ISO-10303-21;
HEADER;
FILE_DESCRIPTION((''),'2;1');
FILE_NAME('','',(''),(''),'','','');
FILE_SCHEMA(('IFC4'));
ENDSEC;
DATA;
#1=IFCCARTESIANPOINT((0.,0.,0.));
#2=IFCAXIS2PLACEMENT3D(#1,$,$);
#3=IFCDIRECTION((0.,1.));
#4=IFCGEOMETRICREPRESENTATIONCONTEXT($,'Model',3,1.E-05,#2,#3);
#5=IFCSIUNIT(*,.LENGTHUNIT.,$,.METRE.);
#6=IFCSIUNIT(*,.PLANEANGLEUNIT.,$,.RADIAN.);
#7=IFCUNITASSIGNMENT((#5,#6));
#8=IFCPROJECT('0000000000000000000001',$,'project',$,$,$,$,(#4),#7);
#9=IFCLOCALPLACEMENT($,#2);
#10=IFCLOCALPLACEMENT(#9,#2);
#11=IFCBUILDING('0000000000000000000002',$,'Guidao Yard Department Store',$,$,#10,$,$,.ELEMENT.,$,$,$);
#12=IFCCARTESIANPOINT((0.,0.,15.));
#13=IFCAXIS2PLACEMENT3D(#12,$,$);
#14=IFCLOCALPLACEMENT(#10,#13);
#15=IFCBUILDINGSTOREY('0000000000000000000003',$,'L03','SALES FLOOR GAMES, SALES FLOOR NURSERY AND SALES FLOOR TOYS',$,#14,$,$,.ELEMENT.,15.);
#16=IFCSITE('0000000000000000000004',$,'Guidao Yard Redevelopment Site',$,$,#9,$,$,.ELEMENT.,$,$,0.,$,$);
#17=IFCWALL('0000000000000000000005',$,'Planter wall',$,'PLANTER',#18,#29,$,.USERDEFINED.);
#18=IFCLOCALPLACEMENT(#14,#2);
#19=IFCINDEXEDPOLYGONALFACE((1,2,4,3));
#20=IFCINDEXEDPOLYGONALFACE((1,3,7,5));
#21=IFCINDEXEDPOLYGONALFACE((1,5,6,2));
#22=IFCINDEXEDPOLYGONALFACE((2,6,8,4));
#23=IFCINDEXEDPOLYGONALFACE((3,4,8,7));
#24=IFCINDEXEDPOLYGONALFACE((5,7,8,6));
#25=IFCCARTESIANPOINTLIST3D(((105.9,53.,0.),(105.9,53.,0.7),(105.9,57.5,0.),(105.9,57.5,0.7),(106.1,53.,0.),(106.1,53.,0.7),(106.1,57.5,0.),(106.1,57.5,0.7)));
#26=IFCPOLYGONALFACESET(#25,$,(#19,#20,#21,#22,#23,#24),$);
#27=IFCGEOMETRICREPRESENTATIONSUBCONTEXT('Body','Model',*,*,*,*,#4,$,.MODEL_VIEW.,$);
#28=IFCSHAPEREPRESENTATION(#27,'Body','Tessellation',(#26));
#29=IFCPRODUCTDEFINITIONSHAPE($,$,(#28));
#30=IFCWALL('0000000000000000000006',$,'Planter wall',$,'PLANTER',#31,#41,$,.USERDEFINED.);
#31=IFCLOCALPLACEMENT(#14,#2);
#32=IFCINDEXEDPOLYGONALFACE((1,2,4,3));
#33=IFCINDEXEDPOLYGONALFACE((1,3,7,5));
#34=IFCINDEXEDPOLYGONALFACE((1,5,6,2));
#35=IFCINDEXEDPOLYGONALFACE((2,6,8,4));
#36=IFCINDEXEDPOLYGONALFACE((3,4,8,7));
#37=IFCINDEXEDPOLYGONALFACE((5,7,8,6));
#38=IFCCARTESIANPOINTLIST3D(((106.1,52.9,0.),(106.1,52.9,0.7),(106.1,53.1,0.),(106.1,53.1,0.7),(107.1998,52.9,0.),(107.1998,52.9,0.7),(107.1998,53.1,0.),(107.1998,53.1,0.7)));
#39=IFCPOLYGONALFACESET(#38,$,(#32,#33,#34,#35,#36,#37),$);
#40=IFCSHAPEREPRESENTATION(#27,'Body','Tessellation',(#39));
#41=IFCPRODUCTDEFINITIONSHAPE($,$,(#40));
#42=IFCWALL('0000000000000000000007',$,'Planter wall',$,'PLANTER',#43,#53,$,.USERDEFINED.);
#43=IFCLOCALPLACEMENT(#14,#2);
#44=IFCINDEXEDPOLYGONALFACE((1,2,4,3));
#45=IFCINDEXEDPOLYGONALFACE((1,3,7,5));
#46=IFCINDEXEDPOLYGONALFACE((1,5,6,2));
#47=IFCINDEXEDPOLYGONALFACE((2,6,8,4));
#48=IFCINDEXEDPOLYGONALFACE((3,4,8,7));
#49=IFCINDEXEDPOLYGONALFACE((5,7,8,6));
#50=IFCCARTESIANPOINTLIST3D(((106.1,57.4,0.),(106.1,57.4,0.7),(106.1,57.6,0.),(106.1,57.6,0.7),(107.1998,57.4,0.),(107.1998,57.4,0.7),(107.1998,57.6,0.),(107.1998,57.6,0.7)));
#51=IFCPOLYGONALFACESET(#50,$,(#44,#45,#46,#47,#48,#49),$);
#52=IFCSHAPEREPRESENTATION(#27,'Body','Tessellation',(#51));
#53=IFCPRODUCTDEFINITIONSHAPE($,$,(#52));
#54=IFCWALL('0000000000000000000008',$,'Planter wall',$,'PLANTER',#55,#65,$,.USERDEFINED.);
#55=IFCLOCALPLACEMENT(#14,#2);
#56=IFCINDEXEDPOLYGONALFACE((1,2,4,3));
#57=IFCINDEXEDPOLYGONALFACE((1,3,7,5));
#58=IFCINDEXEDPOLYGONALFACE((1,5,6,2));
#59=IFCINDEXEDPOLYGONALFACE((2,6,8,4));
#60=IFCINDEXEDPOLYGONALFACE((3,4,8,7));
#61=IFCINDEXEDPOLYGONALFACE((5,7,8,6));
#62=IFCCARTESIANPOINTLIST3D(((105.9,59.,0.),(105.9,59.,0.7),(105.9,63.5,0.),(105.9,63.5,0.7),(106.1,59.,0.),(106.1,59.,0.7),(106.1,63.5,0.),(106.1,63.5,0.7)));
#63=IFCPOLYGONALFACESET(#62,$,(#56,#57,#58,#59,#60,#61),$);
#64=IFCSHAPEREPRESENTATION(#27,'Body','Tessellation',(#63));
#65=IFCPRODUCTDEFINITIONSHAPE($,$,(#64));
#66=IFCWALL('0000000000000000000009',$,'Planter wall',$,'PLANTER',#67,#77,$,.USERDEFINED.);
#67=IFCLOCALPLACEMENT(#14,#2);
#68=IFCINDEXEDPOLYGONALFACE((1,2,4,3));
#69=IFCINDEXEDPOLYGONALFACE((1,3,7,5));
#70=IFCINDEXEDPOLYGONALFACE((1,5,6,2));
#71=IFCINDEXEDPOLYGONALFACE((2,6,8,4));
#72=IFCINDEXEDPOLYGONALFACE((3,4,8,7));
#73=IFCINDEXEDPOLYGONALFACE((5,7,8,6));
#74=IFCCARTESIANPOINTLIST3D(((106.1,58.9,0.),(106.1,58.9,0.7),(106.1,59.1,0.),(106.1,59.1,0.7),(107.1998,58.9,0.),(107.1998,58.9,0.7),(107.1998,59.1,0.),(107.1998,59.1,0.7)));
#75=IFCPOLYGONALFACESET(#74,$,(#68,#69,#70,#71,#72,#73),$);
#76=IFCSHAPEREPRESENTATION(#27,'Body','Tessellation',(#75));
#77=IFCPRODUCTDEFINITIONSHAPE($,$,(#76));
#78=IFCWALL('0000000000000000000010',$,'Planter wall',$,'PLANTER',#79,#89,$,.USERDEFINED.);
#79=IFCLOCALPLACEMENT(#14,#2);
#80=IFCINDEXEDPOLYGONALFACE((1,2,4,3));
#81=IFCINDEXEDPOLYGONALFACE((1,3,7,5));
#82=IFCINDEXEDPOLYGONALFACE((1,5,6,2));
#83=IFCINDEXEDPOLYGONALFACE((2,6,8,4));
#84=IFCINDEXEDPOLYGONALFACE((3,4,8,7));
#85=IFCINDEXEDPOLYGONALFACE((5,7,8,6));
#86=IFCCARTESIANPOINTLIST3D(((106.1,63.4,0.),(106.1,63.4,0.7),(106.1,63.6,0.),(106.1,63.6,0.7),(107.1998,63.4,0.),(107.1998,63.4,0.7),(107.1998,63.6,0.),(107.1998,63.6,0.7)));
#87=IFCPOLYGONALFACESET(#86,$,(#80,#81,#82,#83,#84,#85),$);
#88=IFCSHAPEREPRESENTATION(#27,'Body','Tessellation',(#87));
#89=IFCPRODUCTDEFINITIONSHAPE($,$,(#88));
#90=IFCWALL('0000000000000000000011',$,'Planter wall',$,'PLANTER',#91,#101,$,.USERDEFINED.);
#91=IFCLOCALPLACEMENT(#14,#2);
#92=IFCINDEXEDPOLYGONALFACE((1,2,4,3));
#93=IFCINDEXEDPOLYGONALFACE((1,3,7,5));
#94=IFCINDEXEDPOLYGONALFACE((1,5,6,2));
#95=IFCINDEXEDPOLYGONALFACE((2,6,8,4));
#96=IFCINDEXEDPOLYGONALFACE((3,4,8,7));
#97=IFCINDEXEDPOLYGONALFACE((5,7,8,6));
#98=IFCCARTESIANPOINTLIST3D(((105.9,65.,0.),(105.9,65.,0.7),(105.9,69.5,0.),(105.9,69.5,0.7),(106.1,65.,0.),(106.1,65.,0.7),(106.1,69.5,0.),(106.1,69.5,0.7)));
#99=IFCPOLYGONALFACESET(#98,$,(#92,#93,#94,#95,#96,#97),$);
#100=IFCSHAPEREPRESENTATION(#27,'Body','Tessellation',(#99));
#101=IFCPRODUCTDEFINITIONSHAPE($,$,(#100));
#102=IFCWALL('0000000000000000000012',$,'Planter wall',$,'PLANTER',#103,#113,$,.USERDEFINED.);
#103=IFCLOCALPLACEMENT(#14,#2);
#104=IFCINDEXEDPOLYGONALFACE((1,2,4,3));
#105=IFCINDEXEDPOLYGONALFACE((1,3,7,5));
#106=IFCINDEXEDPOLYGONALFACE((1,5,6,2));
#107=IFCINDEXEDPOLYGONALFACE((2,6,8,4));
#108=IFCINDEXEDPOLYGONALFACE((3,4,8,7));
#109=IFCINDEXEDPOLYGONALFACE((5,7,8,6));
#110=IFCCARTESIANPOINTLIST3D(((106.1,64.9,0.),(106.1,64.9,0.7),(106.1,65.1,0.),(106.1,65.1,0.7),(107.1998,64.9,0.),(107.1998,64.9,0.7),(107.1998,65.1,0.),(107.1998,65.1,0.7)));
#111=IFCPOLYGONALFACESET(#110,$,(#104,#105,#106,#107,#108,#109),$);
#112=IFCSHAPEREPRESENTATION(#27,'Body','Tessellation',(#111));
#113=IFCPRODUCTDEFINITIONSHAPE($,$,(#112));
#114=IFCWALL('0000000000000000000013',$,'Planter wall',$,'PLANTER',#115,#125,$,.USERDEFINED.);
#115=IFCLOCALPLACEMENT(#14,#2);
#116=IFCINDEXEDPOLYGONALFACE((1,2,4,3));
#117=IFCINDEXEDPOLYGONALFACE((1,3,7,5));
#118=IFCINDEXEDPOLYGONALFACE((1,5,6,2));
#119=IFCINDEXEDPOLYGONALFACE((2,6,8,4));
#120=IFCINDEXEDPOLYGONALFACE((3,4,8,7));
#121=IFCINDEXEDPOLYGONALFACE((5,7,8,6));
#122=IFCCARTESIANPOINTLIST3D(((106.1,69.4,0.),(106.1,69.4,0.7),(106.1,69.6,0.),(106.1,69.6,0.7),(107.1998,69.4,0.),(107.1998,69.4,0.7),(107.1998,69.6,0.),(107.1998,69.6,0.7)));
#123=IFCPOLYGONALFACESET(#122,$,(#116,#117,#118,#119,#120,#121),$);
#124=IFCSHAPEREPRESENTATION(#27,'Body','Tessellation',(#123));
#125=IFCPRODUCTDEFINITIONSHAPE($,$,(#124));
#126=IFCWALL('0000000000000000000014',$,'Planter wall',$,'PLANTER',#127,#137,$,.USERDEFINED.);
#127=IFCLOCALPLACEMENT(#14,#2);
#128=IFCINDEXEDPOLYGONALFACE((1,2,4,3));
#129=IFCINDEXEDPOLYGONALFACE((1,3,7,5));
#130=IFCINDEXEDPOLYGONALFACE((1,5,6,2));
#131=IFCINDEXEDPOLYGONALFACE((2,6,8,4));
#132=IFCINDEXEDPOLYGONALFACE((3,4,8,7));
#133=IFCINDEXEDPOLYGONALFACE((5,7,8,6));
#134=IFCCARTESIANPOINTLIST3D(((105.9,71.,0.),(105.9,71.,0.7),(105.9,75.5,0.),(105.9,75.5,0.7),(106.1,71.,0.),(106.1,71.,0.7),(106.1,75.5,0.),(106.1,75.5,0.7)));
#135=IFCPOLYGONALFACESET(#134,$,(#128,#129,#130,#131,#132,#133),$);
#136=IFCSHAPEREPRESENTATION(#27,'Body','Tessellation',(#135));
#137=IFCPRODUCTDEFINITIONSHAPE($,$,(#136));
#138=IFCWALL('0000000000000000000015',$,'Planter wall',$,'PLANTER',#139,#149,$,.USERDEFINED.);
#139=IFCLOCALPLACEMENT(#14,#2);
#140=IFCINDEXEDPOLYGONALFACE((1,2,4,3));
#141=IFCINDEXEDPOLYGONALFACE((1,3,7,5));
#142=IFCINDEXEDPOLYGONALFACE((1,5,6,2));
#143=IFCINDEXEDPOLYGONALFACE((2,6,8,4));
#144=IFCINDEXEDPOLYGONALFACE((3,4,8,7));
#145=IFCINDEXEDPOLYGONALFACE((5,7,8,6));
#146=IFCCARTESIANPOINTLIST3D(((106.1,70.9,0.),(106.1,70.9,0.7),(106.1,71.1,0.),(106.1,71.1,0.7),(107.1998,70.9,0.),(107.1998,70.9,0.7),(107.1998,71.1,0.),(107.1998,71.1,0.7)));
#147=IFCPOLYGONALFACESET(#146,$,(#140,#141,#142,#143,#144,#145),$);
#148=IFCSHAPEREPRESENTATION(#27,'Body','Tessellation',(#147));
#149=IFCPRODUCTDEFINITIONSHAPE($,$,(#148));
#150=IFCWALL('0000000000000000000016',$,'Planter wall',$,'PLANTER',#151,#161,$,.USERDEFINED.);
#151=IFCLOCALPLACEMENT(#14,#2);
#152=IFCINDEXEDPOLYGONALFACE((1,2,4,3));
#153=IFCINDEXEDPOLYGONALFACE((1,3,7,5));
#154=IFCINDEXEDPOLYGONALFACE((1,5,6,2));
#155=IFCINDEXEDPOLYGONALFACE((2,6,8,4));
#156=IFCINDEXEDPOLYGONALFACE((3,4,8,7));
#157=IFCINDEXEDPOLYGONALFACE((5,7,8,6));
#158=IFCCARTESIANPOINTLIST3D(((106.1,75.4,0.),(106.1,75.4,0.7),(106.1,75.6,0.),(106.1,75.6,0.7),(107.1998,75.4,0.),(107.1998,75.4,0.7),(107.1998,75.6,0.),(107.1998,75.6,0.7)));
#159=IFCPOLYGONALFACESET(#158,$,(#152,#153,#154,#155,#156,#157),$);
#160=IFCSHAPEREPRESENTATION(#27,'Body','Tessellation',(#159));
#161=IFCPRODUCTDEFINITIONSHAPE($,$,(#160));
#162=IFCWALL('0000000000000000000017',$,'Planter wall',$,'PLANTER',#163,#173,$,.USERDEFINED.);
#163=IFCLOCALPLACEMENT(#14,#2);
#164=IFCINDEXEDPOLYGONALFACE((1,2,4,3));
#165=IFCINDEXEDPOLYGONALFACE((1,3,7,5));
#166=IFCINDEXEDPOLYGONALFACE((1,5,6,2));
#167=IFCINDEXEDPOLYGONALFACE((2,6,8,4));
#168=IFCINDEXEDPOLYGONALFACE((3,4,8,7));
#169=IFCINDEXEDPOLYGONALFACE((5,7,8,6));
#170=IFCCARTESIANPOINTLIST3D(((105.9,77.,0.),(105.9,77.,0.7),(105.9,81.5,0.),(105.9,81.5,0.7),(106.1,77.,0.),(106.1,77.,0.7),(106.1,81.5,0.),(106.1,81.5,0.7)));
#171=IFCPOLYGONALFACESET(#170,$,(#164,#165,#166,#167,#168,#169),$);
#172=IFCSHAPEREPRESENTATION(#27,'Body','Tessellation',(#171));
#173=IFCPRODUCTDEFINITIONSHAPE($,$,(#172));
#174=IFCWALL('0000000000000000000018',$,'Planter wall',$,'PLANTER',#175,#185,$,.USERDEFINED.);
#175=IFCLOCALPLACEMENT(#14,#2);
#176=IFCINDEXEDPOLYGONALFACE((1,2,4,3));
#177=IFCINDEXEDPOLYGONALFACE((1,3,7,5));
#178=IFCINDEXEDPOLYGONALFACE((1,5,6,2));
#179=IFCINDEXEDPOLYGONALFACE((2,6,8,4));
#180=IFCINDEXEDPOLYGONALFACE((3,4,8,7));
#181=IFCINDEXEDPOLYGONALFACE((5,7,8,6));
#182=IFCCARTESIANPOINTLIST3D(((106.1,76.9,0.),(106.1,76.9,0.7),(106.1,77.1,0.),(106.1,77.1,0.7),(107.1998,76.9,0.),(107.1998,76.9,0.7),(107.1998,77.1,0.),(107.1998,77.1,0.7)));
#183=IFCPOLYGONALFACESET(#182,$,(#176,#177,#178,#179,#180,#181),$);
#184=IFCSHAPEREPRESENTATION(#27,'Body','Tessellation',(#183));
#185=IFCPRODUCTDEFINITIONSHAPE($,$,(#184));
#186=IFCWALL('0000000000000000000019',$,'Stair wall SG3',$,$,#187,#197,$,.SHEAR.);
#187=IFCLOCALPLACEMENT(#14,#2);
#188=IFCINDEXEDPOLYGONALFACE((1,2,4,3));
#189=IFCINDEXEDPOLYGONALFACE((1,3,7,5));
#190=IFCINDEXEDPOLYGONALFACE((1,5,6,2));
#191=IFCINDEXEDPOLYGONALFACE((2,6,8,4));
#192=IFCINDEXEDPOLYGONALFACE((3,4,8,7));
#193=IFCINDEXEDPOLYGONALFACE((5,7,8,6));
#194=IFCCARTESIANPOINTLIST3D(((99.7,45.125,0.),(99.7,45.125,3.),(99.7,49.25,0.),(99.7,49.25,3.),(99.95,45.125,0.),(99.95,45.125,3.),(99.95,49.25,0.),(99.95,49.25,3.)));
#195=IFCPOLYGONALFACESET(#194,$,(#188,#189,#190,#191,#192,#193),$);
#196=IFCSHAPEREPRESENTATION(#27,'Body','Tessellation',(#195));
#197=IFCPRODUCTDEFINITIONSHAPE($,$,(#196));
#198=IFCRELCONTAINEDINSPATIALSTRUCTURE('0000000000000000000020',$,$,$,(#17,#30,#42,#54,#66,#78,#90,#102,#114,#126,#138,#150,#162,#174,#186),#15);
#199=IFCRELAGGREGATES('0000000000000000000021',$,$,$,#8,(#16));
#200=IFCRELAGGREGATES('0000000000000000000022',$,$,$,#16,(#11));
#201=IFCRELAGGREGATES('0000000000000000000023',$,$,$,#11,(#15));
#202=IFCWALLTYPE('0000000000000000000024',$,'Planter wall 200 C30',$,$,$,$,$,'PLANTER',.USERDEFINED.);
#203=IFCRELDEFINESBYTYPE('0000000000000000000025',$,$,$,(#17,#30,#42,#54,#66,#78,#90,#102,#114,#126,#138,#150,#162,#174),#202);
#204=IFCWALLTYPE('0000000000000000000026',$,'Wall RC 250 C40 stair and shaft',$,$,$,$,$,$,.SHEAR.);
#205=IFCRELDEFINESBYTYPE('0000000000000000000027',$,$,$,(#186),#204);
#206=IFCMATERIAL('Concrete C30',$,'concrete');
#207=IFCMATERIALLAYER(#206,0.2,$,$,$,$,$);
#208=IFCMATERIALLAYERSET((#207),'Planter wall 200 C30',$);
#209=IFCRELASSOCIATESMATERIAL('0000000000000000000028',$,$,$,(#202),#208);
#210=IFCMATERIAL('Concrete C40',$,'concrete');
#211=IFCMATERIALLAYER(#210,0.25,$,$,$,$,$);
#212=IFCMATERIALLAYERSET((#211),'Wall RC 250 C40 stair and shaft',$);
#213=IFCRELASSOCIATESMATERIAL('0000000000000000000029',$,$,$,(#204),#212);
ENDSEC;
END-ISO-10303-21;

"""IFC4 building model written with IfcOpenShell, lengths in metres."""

from ifc_helpers import new_model, si_unit, direction, frame, frame_2d, origin, place, context, subcontext, project, spatial, rectangle, extrude, material, layer, layer_set, type_object, element, save


model = new_model("IFC4")

# Units and contexts
model_context = context("Model", 3, precision=1e-05, world=origin(), true_north=direction((0.0, 1.0)))
body_context = subcontext(model_context, "Body", "Model", "MODEL_VIEW")
ifc_project = project(units=[si_unit("LENGTHUNIT", "METRE"), si_unit("PLANEANGLEUNIT", "RADIAN")], contexts=[model_context])

# Site, building, storey
site_placement = place(None, origin())
site = spatial("IfcSite", under=ifc_project, at=site_placement, Name="Guidao Yard Redevelopment Site", CompositionType="ELEMENT", RefElevation=0.0)
building_placement = place(site_placement, origin())
building = spatial("IfcBuilding", under=site, at=building_placement, Name="Guidao Yard Department Store", CompositionType="ELEMENT")
storey_placement = place(building_placement, frame((0.0, 0.0, 15.0)))
storey = spatial("IfcBuildingStorey", under=building, at=storey_placement, Name="L03", Description="SALES FLOOR GAMES, SALES FLOOR NURSERY AND SALES FLOOR TOYS", CompositionType="ELEMENT", Elevation=15.0)

# Walls
ifc_material_1 = material(Name="Concrete C30", Category="concrete")
ifc_layer_1 = layer(ifc_material_1, 0.2)
ifc_layer_set_1 = layer_set([ifc_layer_1], Name="Planter wall 200 C30")
wall_type_1 = type_object("IfcWallType", Name="Planter wall 200 C30", ElementType="PLANTER", PredefinedType="USERDEFINED", material=ifc_layer_set_1)
wall_1_placement = place(storey_placement, frame((106.0, 53.0, 0.0), z_axis=(0.0, 0.0, 1.0), x_axis=(0.0, 1.0, 0.0)))
element("IfcWall", 1, at=wall_1_placement, inside=storey, type_object=wall_type_1, Name="Planter wall", ObjectType="PLANTER", PredefinedType="USERDEFINED", context=body_context, shape_type="SweptSolid", body=[
    extrude(rectangle(XDim=4.5, YDim=0.2, at=frame_2d((2.25, 0.0))), origin(), (0.0, 0.0, 1.0), 0.7),
])
for number, where, z_axis, x_axis, name in (
    (2, (106.1001, 53.0, 0.0), (0.0, 0.0, 1.0), (1.0, 0.0, 0.0), "Planter wall"),
    (3, (106.1001, 57.5, 0.0), (0.0, 0.0, 1.0), (1.0, 0.0, 0.0), "Planter wall"),
):
    element("IfcWall", number, at=place(storey_placement, frame(where, z_axis=z_axis, x_axis=x_axis)), inside=storey, type_object=wall_type_1, Name=name, ObjectType="PLANTER", PredefinedType="USERDEFINED", context=body_context, shape_type="SweptSolid", body=[
        extrude(rectangle(XDim=1.0999, YDim=0.2, at=frame_2d((0.5498, 0.0))), origin(), (0.0, 0.0, 1.0), 0.7),
    ])
wall_2_placement = place(storey_placement, frame((106.0, 59.0, 0.0), z_axis=(0.0, 0.0, 1.0), x_axis=(0.0, 1.0, 0.0)))
element("IfcWall", 4, at=wall_2_placement, inside=storey, type_object=wall_type_1, Name="Planter wall", ObjectType="PLANTER", PredefinedType="USERDEFINED", context=body_context, shape_type="SweptSolid", body=[
    extrude(rectangle(XDim=4.5, YDim=0.2, at=frame_2d((2.25, 0.0))), origin(), (0.0, 0.0, 1.0), 0.7),
])
for number, where, z_axis, x_axis, name in (
    (5, (106.1001, 59.0, 0.0), (0.0, 0.0, 1.0), (1.0, 0.0, 0.0), "Planter wall"),
    (6, (106.1001, 63.5, 0.0), (0.0, 0.0, 1.0), (1.0, 0.0, 0.0), "Planter wall"),
):
    element("IfcWall", number, at=place(storey_placement, frame(where, z_axis=z_axis, x_axis=x_axis)), inside=storey, type_object=wall_type_1, Name=name, ObjectType="PLANTER", PredefinedType="USERDEFINED", context=body_context, shape_type="SweptSolid", body=[
        extrude(rectangle(XDim=1.0999, YDim=0.2, at=frame_2d((0.5498, 0.0))), origin(), (0.0, 0.0, 1.0), 0.7),
    ])
wall_3_placement = place(storey_placement, frame((106.0, 65.0, 0.0), z_axis=(0.0, 0.0, 1.0), x_axis=(0.0, 1.0, 0.0)))
element("IfcWall", 7, at=wall_3_placement, inside=storey, type_object=wall_type_1, Name="Planter wall", ObjectType="PLANTER", PredefinedType="USERDEFINED", context=body_context, shape_type="SweptSolid", body=[
    extrude(rectangle(XDim=4.5, YDim=0.2, at=frame_2d((2.25, 0.0))), origin(), (0.0, 0.0, 1.0), 0.7),
])
for number, where, z_axis, x_axis, name in (
    (8, (106.1001, 65.0, 0.0), (0.0, 0.0, 1.0), (1.0, 0.0, 0.0), "Planter wall"),
    (9, (106.1001, 69.5, 0.0), (0.0, 0.0, 1.0), (1.0, 0.0, 0.0), "Planter wall"),
):
    element("IfcWall", number, at=place(storey_placement, frame(where, z_axis=z_axis, x_axis=x_axis)), inside=storey, type_object=wall_type_1, Name=name, ObjectType="PLANTER", PredefinedType="USERDEFINED", context=body_context, shape_type="SweptSolid", body=[
        extrude(rectangle(XDim=1.0999, YDim=0.2, at=frame_2d((0.5498, 0.0))), origin(), (0.0, 0.0, 1.0), 0.7),
    ])
wall_4_placement = place(storey_placement, frame((106.0, 71.0, 0.0), z_axis=(0.0, 0.0, 1.0), x_axis=(0.0, 1.0, 0.0)))
element("IfcWall", 10, at=wall_4_placement, inside=storey, type_object=wall_type_1, Name="Planter wall", ObjectType="PLANTER", PredefinedType="USERDEFINED", context=body_context, shape_type="SweptSolid", body=[
    extrude(rectangle(XDim=4.5, YDim=0.2, at=frame_2d((2.25, 0.0))), origin(), (0.0, 0.0, 1.0), 0.7),
])
for number, where, z_axis, x_axis, name in (
    (11, (106.1001, 71.0, 0.0), (0.0, 0.0, 1.0), (1.0, 0.0, 0.0), "Planter wall"),
    (12, (106.1001, 75.5, 0.0), (0.0, 0.0, 1.0), (1.0, 0.0, 0.0), "Planter wall"),
):
    element("IfcWall", number, at=place(storey_placement, frame(where, z_axis=z_axis, x_axis=x_axis)), inside=storey, type_object=wall_type_1, Name=name, ObjectType="PLANTER", PredefinedType="USERDEFINED", context=body_context, shape_type="SweptSolid", body=[
        extrude(rectangle(XDim=1.0999, YDim=0.2, at=frame_2d((0.5498, 0.0))), origin(), (0.0, 0.0, 1.0), 0.7),
    ])
wall_5_placement = place(storey_placement, frame((106.0, 77.0, 0.0), z_axis=(0.0, 0.0, 1.0), x_axis=(0.0, 1.0, 0.0)))
element("IfcWall", 13, at=wall_5_placement, inside=storey, type_object=wall_type_1, Name="Planter wall", ObjectType="PLANTER", PredefinedType="USERDEFINED", context=body_context, shape_type="SweptSolid", body=[
    extrude(rectangle(XDim=4.5, YDim=0.2, at=frame_2d((2.25, 0.0))), origin(), (0.0, 0.0, 1.0), 0.7),
])
wall_6_placement = place(storey_placement, frame((106.1001, 77.0, 0.0), z_axis=(0.0, 0.0, 1.0), x_axis=(1.0, 0.0, 0.0)))
element("IfcWall", 14, at=wall_6_placement, inside=storey, type_object=wall_type_1, Name="Planter wall", ObjectType="PLANTER", PredefinedType="USERDEFINED", context=body_context, shape_type="SweptSolid", body=[
    extrude(rectangle(XDim=1.0999, YDim=0.2, at=frame_2d((0.5498, 0.0))), origin(), (0.0, 0.0, 1.0), 0.7),
])
ifc_material_2 = material(Name="Concrete C40", Category="concrete")
ifc_layer_2 = layer(ifc_material_2, 0.25)
ifc_layer_set_2 = layer_set([ifc_layer_2], Name="Wall RC 250 C40 stair and shaft")
wall_type_2 = type_object("IfcWallType", Name="Wall RC 250 C40 stair and shaft", PredefinedType="SHEAR", material=ifc_layer_set_2)
wall_7_placement = place(storey_placement, frame((99.825, 45.125, 0.0), z_axis=(0.0, 0.0, 1.0), x_axis=(0.0, 1.0, 0.0)))
element("IfcWall", 15, at=wall_7_placement, inside=storey, type_object=wall_type_2, Name="Stair wall SG3", PredefinedType="SHEAR", context=body_context, shape_type="SweptSolid", body=[
    extrude(rectangle(XDim=4.125, YDim=0.25, at=frame_2d((2.0625, 0.0))), origin(), (0.0, 0.0, 1.0), 3.0),
])

save(model, "model.ifc")
